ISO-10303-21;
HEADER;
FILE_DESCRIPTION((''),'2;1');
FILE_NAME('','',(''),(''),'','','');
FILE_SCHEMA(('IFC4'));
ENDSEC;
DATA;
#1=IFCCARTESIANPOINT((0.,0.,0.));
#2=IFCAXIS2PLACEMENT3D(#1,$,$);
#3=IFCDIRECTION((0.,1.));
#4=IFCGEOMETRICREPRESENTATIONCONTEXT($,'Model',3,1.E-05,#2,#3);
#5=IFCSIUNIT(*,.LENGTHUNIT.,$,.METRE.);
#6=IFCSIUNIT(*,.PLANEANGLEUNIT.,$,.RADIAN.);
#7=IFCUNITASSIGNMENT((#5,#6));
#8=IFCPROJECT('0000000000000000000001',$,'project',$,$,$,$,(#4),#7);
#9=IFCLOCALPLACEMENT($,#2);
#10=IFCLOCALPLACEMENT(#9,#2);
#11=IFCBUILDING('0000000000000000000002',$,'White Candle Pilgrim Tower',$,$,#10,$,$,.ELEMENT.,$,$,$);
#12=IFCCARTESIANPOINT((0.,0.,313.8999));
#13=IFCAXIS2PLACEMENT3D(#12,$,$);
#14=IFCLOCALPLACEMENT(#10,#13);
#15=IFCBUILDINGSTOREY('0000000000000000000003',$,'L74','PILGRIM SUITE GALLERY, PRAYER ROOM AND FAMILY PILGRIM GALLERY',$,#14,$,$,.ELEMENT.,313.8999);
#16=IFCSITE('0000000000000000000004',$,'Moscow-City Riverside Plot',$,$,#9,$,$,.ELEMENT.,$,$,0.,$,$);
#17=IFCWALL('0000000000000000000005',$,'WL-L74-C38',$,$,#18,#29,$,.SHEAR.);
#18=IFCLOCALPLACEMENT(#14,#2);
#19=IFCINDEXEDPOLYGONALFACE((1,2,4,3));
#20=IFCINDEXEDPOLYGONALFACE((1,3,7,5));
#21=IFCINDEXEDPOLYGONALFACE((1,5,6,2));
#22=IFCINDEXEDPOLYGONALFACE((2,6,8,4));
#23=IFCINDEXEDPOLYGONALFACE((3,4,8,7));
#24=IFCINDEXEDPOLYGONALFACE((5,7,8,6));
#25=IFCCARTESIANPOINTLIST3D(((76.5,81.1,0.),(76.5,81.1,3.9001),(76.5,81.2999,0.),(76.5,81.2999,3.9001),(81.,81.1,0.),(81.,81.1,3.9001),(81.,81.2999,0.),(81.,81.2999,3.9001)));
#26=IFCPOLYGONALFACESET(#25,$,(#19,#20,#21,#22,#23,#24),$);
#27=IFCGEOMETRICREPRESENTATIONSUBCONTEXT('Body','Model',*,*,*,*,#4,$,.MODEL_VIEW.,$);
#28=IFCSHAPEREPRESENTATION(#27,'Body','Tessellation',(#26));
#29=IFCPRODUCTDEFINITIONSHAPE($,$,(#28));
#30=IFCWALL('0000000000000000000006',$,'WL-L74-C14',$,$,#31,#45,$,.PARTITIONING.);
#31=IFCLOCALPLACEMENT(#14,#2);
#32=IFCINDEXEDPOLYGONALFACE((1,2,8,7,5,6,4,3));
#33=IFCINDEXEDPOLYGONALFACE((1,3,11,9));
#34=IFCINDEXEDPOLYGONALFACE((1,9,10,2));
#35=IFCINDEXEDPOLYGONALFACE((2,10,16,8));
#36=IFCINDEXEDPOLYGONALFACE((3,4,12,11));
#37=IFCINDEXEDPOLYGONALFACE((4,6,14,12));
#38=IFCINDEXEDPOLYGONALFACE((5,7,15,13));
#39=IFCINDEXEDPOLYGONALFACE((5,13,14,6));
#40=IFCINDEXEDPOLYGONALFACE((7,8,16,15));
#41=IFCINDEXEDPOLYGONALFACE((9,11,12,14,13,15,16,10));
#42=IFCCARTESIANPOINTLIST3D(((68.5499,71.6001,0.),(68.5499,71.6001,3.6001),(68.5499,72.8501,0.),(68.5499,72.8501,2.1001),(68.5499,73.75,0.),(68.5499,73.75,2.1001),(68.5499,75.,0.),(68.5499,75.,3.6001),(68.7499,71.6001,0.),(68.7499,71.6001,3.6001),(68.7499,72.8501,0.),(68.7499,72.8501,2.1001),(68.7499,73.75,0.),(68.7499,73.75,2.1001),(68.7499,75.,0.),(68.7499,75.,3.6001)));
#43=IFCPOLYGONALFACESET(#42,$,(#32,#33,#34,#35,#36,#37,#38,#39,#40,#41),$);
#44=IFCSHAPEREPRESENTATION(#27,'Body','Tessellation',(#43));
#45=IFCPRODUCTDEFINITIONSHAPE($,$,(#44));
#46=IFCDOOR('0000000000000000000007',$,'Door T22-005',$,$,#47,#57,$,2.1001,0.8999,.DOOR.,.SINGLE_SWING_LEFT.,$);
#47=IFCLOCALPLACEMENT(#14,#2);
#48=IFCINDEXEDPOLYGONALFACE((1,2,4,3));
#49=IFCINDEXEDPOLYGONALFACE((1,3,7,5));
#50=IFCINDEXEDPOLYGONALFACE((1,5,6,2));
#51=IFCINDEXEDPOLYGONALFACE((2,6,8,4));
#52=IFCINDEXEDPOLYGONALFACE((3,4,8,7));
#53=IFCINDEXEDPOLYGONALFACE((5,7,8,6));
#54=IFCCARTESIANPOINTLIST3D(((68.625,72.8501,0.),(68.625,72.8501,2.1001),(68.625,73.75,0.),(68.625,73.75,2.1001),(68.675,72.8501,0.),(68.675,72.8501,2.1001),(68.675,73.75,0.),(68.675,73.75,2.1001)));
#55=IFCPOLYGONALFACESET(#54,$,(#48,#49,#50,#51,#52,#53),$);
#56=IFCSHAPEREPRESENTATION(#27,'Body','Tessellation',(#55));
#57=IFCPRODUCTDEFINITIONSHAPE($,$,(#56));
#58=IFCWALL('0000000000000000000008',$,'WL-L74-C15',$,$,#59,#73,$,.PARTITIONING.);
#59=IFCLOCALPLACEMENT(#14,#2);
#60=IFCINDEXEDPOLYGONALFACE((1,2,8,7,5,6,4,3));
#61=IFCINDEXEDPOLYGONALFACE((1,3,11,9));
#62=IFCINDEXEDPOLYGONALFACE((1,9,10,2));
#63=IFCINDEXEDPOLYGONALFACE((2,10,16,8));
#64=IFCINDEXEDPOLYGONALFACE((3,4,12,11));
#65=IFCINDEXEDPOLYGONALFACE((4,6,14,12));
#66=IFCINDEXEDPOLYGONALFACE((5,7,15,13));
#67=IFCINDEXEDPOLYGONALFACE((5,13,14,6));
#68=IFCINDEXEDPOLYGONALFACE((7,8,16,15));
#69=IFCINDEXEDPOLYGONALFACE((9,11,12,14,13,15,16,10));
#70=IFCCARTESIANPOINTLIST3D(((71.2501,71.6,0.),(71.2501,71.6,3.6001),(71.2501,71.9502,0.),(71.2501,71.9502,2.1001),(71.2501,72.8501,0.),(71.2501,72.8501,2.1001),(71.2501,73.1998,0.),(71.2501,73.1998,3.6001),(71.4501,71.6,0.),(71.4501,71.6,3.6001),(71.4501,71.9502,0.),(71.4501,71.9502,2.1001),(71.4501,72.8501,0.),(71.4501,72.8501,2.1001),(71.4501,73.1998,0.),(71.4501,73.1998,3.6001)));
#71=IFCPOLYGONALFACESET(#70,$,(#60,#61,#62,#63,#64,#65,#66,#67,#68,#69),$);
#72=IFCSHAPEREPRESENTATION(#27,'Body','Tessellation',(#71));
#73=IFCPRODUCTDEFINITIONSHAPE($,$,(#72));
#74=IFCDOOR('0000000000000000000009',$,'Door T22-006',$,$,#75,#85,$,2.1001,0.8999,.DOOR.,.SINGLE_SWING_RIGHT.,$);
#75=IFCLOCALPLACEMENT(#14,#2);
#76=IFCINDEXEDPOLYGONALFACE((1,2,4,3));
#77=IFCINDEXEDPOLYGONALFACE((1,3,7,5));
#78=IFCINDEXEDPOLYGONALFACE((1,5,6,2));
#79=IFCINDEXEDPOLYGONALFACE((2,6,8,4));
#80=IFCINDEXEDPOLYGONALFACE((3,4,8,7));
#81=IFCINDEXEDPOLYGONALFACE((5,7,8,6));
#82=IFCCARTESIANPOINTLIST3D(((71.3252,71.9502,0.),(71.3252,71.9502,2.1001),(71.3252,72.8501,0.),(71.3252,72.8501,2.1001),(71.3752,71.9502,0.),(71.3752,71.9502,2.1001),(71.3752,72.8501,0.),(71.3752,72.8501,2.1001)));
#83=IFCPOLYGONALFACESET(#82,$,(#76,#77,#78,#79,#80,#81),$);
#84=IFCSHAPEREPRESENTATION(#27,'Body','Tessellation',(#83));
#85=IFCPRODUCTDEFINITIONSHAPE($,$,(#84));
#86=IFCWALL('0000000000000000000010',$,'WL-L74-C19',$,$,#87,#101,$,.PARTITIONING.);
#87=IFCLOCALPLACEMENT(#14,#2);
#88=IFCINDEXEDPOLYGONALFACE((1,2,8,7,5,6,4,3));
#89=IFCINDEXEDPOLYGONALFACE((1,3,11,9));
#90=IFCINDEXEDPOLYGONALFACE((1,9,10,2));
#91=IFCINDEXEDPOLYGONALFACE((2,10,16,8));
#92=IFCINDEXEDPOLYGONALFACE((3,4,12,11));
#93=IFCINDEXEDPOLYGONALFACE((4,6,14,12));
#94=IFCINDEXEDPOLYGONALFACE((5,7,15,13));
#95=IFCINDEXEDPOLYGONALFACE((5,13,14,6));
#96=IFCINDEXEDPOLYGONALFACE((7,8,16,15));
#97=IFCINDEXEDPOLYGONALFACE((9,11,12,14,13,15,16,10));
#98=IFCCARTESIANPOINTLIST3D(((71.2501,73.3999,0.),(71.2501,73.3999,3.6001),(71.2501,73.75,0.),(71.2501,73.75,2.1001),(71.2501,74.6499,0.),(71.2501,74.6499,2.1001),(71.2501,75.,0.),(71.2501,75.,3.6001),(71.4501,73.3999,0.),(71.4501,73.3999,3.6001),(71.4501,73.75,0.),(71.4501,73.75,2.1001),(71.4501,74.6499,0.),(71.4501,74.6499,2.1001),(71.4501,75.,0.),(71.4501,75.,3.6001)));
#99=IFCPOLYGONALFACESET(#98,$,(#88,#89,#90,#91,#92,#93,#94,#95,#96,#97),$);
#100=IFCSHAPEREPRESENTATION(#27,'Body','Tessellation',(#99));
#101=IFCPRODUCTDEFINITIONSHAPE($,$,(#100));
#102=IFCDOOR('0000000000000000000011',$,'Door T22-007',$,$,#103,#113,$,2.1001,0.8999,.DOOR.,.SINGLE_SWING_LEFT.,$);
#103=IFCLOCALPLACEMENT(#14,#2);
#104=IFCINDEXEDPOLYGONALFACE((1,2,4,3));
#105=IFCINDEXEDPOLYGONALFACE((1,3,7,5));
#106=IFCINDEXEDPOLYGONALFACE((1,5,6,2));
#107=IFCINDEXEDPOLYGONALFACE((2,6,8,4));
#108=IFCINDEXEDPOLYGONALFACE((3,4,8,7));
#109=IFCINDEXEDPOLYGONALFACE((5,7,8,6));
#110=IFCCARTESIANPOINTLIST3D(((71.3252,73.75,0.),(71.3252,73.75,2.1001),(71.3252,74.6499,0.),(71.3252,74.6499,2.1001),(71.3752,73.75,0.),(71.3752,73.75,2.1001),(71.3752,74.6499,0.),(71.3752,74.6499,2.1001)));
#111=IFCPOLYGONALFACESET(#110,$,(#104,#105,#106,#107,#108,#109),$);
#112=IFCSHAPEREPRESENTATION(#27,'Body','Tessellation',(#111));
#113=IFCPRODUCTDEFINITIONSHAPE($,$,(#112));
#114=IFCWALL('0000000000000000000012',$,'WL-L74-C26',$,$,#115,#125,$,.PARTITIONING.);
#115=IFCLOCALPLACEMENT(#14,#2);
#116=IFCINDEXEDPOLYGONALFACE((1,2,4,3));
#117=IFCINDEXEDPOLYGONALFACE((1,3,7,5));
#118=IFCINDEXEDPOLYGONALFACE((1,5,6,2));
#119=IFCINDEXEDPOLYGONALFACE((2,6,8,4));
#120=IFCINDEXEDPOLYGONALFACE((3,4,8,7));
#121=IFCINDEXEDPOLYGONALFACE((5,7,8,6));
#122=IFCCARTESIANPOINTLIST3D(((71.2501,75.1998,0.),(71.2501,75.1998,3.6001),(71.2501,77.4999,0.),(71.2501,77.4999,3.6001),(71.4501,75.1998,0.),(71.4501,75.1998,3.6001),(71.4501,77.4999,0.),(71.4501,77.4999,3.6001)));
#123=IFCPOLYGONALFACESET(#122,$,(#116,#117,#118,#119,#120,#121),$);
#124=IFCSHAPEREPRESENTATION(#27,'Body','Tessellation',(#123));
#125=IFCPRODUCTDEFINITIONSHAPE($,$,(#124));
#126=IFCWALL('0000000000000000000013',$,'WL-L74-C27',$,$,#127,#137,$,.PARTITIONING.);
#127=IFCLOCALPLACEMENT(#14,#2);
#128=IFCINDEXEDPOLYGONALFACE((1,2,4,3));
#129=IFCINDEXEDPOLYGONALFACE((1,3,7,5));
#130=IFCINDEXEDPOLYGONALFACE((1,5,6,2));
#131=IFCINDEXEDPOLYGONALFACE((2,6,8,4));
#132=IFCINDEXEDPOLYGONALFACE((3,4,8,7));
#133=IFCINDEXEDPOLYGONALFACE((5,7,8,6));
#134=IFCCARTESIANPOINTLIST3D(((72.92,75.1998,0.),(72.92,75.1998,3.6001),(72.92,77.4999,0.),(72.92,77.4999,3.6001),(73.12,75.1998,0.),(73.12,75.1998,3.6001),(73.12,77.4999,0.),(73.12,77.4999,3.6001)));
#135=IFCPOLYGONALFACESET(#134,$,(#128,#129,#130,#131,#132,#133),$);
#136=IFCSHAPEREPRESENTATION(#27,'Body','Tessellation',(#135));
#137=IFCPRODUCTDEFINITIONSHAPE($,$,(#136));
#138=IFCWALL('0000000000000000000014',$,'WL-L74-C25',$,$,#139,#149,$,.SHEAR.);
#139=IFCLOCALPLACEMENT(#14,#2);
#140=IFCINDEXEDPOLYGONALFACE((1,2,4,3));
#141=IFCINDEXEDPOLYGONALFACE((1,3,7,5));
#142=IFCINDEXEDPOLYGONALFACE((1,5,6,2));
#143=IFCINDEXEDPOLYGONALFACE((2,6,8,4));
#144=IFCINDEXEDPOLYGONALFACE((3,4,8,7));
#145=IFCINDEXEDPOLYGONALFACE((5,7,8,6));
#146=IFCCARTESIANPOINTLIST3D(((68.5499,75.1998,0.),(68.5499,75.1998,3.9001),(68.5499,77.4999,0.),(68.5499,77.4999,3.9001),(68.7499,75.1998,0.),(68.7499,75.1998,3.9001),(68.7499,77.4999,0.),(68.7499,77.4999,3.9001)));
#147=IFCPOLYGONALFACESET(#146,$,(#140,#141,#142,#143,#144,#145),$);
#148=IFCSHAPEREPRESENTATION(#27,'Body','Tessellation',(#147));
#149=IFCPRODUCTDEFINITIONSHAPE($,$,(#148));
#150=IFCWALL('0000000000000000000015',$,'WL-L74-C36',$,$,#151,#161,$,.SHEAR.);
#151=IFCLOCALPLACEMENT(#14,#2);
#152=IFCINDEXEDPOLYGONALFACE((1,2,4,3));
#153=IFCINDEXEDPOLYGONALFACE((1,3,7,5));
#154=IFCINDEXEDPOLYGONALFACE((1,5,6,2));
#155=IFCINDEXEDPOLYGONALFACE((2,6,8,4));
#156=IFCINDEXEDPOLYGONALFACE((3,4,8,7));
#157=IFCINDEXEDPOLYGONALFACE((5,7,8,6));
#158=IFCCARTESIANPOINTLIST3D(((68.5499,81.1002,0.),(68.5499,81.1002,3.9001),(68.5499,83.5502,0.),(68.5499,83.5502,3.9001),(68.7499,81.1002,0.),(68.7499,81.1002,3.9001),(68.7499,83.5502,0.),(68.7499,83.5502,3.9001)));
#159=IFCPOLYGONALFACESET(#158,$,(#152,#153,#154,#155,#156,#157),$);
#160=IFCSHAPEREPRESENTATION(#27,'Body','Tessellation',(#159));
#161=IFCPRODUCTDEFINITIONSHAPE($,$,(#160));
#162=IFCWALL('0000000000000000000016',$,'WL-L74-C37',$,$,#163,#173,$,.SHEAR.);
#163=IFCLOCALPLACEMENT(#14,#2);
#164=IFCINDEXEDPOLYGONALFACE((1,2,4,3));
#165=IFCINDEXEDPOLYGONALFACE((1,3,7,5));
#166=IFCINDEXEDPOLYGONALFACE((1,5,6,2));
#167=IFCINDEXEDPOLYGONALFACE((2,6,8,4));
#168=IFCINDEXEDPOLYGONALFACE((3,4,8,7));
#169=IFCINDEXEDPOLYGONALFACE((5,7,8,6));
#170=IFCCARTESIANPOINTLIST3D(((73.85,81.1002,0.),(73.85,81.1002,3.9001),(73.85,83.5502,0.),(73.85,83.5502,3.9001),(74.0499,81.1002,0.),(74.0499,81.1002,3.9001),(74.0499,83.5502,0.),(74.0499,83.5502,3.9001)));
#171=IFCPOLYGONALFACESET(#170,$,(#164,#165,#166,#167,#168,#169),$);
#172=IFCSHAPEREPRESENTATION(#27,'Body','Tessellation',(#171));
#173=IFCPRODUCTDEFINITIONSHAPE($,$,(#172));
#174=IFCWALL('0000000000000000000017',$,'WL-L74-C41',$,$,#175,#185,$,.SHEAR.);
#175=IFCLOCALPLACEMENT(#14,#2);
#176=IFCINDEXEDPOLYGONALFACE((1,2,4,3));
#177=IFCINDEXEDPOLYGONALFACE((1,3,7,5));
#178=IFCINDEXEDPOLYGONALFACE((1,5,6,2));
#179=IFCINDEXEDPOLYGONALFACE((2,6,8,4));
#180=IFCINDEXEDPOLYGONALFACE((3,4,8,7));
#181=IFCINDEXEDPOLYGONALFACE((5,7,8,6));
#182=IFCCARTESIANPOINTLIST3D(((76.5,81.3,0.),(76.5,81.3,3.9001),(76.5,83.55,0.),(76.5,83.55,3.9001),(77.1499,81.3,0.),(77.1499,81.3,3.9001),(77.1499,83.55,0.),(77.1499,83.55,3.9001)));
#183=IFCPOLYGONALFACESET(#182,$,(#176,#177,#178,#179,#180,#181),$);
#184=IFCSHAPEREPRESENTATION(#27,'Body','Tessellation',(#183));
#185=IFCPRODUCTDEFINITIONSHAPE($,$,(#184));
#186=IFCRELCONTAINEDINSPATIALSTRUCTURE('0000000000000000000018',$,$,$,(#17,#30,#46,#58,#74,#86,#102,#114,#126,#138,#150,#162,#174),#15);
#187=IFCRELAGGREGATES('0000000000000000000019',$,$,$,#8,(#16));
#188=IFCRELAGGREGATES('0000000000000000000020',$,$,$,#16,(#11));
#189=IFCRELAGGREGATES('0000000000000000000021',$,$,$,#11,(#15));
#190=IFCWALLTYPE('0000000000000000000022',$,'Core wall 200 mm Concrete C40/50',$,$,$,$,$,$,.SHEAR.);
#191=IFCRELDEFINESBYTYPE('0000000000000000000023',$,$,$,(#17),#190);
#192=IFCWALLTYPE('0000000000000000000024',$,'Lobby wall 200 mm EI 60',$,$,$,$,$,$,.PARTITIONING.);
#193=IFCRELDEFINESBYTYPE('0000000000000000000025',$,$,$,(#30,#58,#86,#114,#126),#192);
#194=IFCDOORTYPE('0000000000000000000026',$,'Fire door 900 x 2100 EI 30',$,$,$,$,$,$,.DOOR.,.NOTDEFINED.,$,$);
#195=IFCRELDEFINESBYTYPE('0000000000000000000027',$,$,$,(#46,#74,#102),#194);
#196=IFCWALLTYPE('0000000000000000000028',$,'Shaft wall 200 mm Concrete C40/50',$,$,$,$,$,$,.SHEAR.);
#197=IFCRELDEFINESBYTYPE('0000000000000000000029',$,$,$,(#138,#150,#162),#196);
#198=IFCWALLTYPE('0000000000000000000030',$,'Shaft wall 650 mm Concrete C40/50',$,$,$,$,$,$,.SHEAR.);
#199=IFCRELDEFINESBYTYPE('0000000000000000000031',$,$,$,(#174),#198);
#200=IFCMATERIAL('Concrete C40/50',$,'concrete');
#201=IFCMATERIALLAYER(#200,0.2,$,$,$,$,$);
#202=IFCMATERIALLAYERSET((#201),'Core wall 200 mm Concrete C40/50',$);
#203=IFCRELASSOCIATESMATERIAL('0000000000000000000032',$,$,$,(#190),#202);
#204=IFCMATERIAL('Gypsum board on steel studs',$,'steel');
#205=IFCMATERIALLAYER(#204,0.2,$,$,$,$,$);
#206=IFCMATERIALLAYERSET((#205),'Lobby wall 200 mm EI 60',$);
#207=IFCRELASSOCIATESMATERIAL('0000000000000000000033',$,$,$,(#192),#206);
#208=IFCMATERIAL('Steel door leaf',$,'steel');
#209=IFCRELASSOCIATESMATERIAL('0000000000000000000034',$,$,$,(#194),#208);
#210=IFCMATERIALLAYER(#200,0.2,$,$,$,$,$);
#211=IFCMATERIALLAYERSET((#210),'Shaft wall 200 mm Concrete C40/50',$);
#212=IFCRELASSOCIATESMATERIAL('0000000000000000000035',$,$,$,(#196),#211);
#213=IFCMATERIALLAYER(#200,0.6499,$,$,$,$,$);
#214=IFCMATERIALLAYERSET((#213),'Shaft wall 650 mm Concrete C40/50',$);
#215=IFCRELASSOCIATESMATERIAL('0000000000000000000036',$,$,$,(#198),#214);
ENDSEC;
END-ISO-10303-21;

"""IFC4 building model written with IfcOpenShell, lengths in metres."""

from ifc_helpers import new_model, si_unit, direction, frame, frame_2d, origin, place, context, subcontext, project, spatial, rectangle, extrude, material, layer, layer_set, type_object, element, fill, save


model = new_model("IFC4")

# Units and contexts
model_context = context("Model", 3, precision=1e-05, world=origin(), true_north=direction((0.0, 1.0)))
body_context = subcontext(model_context, "Body", "Model", "MODEL_VIEW")
ifc_project = project(units=[si_unit("LENGTHUNIT", "METRE"), si_unit("PLANEANGLEUNIT", "RADIAN")], contexts=[model_context])

# Site, building, storey
site_placement = place(None, origin())
site = spatial("IfcSite", under=ifc_project, at=site_placement, Name="Moscow-City Riverside Plot", CompositionType="ELEMENT", RefElevation=0.0)
building_placement = place(site_placement, origin())
building = spatial("IfcBuilding", under=site, at=building_placement, Name="White Candle Pilgrim Tower", CompositionType="ELEMENT")
storey_placement = place(building_placement, frame((0.0, 0.0, 313.8999)))
storey = spatial("IfcBuildingStorey", under=building, at=storey_placement, Name="L74", Description="PILGRIM SUITE GALLERY, PRAYER ROOM AND FAMILY PILGRIM GALLERY", CompositionType="ELEMENT", Elevation=313.8999)

# Wall
ifc_material_1 = material(Name="Concrete C40/50", Category="concrete")
ifc_layer_1 = layer(ifc_material_1, 0.2)
ifc_layer_set_1 = layer_set([ifc_layer_1], Name="Core wall 200 mm Concrete C40/50")
wall_type_1 = type_object("IfcWallType", Name="Core wall 200 mm Concrete C40/50", PredefinedType="SHEAR", material=ifc_layer_set_1)
wall_1_placement = place(storey_placement, frame((76.5, 81.2, 0.0), z_axis=(0.0, 0.0, 1.0), x_axis=(1.0, 0.0, 0.0)))
element("IfcWall", 1, at=wall_1_placement, inside=storey, type_object=wall_type_1, Name="WL-L74-C38", PredefinedType="SHEAR", context=body_context, shape_type="SweptSolid", body=[
    extrude(rectangle(XDim=4.5, YDim=0.2, at=frame_2d((2.25, 0.0))), origin(), (0.0, 0.0, 1.0), 3.9001),
])

# Walls, openings, doors
ifc_material_2 = material(Name="Gypsum board on steel studs", Category="steel")
ifc_layer_2 = layer(ifc_material_2, 0.2)
ifc_layer_set_2 = layer_set([ifc_layer_2], Name="Lobby wall 200 mm EI 60")
wall_type_2 = type_object("IfcWallType", Name="Lobby wall 200 mm EI 60", PredefinedType="PARTITIONING", material=ifc_layer_set_2)
wall_2_placement = place(storey_placement, frame((68.6499, 71.6001, 0.0), z_axis=(0.0, 0.0, 1.0), x_axis=(0.0, 1.0, 0.0)))
wall_2 = element("IfcWall", 2, at=wall_2_placement, inside=storey, type_object=wall_type_2, Name="WL-L74-C14", PredefinedType="PARTITIONING", context=body_context, shape_type="SweptSolid", body=[
    extrude(rectangle(XDim=3.3999, YDim=0.2, at=frame_2d((1.7, 0.0))), origin(), (0.0, 0.0, 1.0), 3.6001),
])
opening_1_placement = place(wall_2_placement, frame((1.25, 0.0, 0.0)))
opening_1 = element("IfcOpeningElement", 3, at=opening_1_placement, cuts=wall_2, PredefinedType="OPENING", context=body_context, shape_type="SweptSolid", body=[
    extrude(rectangle(XDim=0.8999, YDim=2.1001, at=frame_2d((0.45, 1.05))), frame((0.0, 0.1099, 0.0), z_axis=(0.0, -1.0, 0.0), x_axis=(1.0, 0.0, 0.0)), (0.0, 0.0, 1.0), 0.22),
])
ifc_material_3 = material(Name="Steel door leaf", Category="steel")
door_type_1 = type_object("IfcDoorType", Name="Fire door 900 x 2100 EI 30", OperationType="NOTDEFINED", PredefinedType="DOOR", material=ifc_material_3)
door_1_placement = place(opening_1_placement, origin())
door_1 = element("IfcDoor", 4, at=door_1_placement, inside=storey, type_object=door_type_1, Name="Door T22-005", OperationType="SINGLE_SWING_LEFT", OverallHeight=2.1001, OverallWidth=0.8999, PredefinedType="DOOR", context=body_context, shape_type="SweptSolid", body=[
    extrude(rectangle(XDim=0.8999, YDim=2.1001, at=frame_2d((0.45, 1.05))), frame((0.0, 0.0249, 0.0), z_axis=(0.0, -1.0, 0.0), x_axis=(1.0, 0.0, 0.0)), (0.0, 0.0, 1.0), 0.05),
])
fill(opening_1, door_1)
wall_3_placement = place(storey_placement, frame((71.3501, 71.6001, 0.0), z_axis=(0.0, 0.0, 1.0), x_axis=(0.0, 1.0, 0.0)))
wall_3 = element("IfcWall", 5, at=wall_3_placement, inside=storey, type_object=wall_type_2, Name="WL-L74-C15", PredefinedType="PARTITIONING", context=body_context, shape_type="SweptSolid", body=[
    extrude(rectangle(XDim=1.5999, YDim=0.2, at=frame_2d((0.7998, 0.0))), origin(), (0.0, 0.0, 1.0), 3.6001),
])
opening_2_placement = place(wall_3_placement, frame((0.3501, 0.0, 0.0)))
opening_2 = element("IfcOpeningElement", 6, at=opening_2_placement, cuts=wall_3, PredefinedType="OPENING", context=body_context, shape_type="SweptSolid", body=[
    extrude(rectangle(XDim=0.8999, YDim=2.1001, at=frame_2d((0.45, 1.05))), frame((0.0, 0.1099, 0.0), z_axis=(0.0, -1.0, 0.0), x_axis=(1.0, 0.0, 0.0)), (0.0, 0.0, 1.0), 0.22),
])
door_2_placement = place(opening_2_placement, origin())
door_2 = element("IfcDoor", 7, at=door_2_placement, inside=storey, type_object=door_type_1, Name="Door T22-006", OperationType="SINGLE_SWING_RIGHT", OverallHeight=2.1001, OverallWidth=0.8999, PredefinedType="DOOR", context=body_context, shape_type="SweptSolid", body=[
    extrude(rectangle(XDim=0.8999, YDim=2.1001, at=frame_2d((0.45, 1.05))), frame((0.0, 0.0249, 0.0), z_axis=(0.0, -1.0, 0.0), x_axis=(1.0, 0.0, 0.0)), (0.0, 0.0, 1.0), 0.05),
])
fill(opening_2, door_2)
wall_4_placement = place(storey_placement, frame((71.3501, 73.3999, 0.0), z_axis=(0.0, 0.0, 1.0), x_axis=(0.0, 1.0, 0.0)))
wall_4 = element("IfcWall", 8, at=wall_4_placement, inside=storey, type_object=wall_type_2, Name="WL-L74-C19", PredefinedType="PARTITIONING", context=body_context, shape_type="SweptSolid", body=[
    extrude(rectangle(XDim=1.6001, YDim=0.2, at=frame_2d((0.8, 0.0))), origin(), (0.0, 0.0, 1.0), 3.6001),
])
opening_3_placement = place(wall_4_placement, frame((0.3501, 0.0, 0.0)))
opening_3 = element("IfcOpeningElement", 9, at=opening_3_placement, cuts=wall_4, PredefinedType="OPENING", context=body_context, shape_type="SweptSolid", body=[
    extrude(rectangle(XDim=0.8999, YDim=2.1001, at=frame_2d((0.45, 1.05))), frame((0.0, 0.1099, 0.0), z_axis=(0.0, -1.0, 0.0), x_axis=(1.0, 0.0, 0.0)), (0.0, 0.0, 1.0), 0.22),
])
door_3_placement = place(opening_3_placement, origin())
door_3 = element("IfcDoor", 10, at=door_3_placement, inside=storey, type_object=door_type_1, Name="Door T22-007", OperationType="SINGLE_SWING_LEFT", OverallHeight=2.1001, OverallWidth=0.8999, PredefinedType="DOOR", context=body_context, shape_type="SweptSolid", body=[
    extrude(rectangle(XDim=0.8999, YDim=2.1001, at=frame_2d((0.45, 1.05))), frame((0.0, 0.0249, 0.0), z_axis=(0.0, -1.0, 0.0), x_axis=(1.0, 0.0, 0.0)), (0.0, 0.0, 1.0), 0.05),
])
fill(opening_3, door_3)

# Walls
for number, where, z_axis, x_axis, name in (
    (11, (71.3501, 75.2, 0.0), (0.0, 0.0, 1.0), (0.0, 1.0, 0.0), "WL-L74-C26"),
    (12, (73.02, 75.2, 0.0), (0.0, 0.0, 1.0), (0.0, 1.0, 0.0), "WL-L74-C27"),
):
    element("IfcWall", number, at=place(storey_placement, frame(where, z_axis=z_axis, x_axis=x_axis)), inside=storey, type_object=wall_type_2, Name=name, PredefinedType="PARTITIONING", context=body_context, shape_type="SweptSolid", body=[
        extrude(rectangle(XDim=2.3, YDim=0.2, at=frame_2d((1.1499, 0.0))), origin(), (0.0, 0.0, 1.0), 3.6001),
    ])
ifc_layer_3 = layer(ifc_material_1, 0.2)
ifc_layer_set_3 = layer_set([ifc_layer_3], Name="Shaft wall 200 mm Concrete C40/50")
wall_type_3 = type_object("IfcWallType", Name="Shaft wall 200 mm Concrete C40/50", PredefinedType="SHEAR", material=ifc_layer_set_3)
wall_5_placement = place(storey_placement, frame((68.6499, 75.2, 0.0), z_axis=(0.0, 0.0, 1.0), x_axis=(0.0, 1.0, 0.0)))
element("IfcWall", 13, at=wall_5_placement, inside=storey, type_object=wall_type_3, Name="WL-L74-C25", PredefinedType="SHEAR", context=body_context, shape_type="SweptSolid", body=[
    extrude(rectangle(XDim=2.3, YDim=0.2, at=frame_2d((1.1499, 0.0))), origin(), (0.0, 0.0, 1.0), 3.9001),
])
for number, where, z_axis, x_axis, name in (
    (14, (68.6499, 81.1001, 0.0), (0.0, 0.0, 1.0), (0.0, 1.0, 0.0), "WL-L74-C36"),
    (15, (73.95, 81.1001, 0.0), (0.0, 0.0, 1.0), (0.0, 1.0, 0.0), "WL-L74-C37"),
):
    element("IfcWall", number, at=place(storey_placement, frame(where, z_axis=z_axis, x_axis=x_axis)), inside=storey, type_object=wall_type_3, Name=name, PredefinedType="SHEAR", context=body_context, shape_type="SweptSolid", body=[
        extrude(rectangle(XDim=2.45, YDim=0.2, at=frame_2d((1.2251, 0.0))), origin(), (0.0, 0.0, 1.0), 3.9001),
    ])
ifc_layer_4 = layer(ifc_material_1, 0.6499)
ifc_layer_set_4 = layer_set([ifc_layer_4], Name="Shaft wall 650 mm Concrete C40/50")
wall_type_4 = type_object("IfcWallType", Name="Shaft wall 650 mm Concrete C40/50", PredefinedType="SHEAR", material=ifc_layer_set_4)
wall_6_placement = place(storey_placement, frame((76.825, 81.3, 0.0), z_axis=(0.0, 0.0, 1.0), x_axis=(0.0, 1.0, 0.0)))
element("IfcWall", 16, at=wall_6_placement, inside=storey, type_object=wall_type_4, Name="WL-L74-C41", PredefinedType="SHEAR", context=body_context, shape_type="SweptSolid", body=[
    extrude(rectangle(XDim=2.25, YDim=0.6499, at=frame_2d((1.125, 0.0))), origin(), (0.0, 0.0, 1.0), 3.9001),
])

save(model, "model.ifc")
